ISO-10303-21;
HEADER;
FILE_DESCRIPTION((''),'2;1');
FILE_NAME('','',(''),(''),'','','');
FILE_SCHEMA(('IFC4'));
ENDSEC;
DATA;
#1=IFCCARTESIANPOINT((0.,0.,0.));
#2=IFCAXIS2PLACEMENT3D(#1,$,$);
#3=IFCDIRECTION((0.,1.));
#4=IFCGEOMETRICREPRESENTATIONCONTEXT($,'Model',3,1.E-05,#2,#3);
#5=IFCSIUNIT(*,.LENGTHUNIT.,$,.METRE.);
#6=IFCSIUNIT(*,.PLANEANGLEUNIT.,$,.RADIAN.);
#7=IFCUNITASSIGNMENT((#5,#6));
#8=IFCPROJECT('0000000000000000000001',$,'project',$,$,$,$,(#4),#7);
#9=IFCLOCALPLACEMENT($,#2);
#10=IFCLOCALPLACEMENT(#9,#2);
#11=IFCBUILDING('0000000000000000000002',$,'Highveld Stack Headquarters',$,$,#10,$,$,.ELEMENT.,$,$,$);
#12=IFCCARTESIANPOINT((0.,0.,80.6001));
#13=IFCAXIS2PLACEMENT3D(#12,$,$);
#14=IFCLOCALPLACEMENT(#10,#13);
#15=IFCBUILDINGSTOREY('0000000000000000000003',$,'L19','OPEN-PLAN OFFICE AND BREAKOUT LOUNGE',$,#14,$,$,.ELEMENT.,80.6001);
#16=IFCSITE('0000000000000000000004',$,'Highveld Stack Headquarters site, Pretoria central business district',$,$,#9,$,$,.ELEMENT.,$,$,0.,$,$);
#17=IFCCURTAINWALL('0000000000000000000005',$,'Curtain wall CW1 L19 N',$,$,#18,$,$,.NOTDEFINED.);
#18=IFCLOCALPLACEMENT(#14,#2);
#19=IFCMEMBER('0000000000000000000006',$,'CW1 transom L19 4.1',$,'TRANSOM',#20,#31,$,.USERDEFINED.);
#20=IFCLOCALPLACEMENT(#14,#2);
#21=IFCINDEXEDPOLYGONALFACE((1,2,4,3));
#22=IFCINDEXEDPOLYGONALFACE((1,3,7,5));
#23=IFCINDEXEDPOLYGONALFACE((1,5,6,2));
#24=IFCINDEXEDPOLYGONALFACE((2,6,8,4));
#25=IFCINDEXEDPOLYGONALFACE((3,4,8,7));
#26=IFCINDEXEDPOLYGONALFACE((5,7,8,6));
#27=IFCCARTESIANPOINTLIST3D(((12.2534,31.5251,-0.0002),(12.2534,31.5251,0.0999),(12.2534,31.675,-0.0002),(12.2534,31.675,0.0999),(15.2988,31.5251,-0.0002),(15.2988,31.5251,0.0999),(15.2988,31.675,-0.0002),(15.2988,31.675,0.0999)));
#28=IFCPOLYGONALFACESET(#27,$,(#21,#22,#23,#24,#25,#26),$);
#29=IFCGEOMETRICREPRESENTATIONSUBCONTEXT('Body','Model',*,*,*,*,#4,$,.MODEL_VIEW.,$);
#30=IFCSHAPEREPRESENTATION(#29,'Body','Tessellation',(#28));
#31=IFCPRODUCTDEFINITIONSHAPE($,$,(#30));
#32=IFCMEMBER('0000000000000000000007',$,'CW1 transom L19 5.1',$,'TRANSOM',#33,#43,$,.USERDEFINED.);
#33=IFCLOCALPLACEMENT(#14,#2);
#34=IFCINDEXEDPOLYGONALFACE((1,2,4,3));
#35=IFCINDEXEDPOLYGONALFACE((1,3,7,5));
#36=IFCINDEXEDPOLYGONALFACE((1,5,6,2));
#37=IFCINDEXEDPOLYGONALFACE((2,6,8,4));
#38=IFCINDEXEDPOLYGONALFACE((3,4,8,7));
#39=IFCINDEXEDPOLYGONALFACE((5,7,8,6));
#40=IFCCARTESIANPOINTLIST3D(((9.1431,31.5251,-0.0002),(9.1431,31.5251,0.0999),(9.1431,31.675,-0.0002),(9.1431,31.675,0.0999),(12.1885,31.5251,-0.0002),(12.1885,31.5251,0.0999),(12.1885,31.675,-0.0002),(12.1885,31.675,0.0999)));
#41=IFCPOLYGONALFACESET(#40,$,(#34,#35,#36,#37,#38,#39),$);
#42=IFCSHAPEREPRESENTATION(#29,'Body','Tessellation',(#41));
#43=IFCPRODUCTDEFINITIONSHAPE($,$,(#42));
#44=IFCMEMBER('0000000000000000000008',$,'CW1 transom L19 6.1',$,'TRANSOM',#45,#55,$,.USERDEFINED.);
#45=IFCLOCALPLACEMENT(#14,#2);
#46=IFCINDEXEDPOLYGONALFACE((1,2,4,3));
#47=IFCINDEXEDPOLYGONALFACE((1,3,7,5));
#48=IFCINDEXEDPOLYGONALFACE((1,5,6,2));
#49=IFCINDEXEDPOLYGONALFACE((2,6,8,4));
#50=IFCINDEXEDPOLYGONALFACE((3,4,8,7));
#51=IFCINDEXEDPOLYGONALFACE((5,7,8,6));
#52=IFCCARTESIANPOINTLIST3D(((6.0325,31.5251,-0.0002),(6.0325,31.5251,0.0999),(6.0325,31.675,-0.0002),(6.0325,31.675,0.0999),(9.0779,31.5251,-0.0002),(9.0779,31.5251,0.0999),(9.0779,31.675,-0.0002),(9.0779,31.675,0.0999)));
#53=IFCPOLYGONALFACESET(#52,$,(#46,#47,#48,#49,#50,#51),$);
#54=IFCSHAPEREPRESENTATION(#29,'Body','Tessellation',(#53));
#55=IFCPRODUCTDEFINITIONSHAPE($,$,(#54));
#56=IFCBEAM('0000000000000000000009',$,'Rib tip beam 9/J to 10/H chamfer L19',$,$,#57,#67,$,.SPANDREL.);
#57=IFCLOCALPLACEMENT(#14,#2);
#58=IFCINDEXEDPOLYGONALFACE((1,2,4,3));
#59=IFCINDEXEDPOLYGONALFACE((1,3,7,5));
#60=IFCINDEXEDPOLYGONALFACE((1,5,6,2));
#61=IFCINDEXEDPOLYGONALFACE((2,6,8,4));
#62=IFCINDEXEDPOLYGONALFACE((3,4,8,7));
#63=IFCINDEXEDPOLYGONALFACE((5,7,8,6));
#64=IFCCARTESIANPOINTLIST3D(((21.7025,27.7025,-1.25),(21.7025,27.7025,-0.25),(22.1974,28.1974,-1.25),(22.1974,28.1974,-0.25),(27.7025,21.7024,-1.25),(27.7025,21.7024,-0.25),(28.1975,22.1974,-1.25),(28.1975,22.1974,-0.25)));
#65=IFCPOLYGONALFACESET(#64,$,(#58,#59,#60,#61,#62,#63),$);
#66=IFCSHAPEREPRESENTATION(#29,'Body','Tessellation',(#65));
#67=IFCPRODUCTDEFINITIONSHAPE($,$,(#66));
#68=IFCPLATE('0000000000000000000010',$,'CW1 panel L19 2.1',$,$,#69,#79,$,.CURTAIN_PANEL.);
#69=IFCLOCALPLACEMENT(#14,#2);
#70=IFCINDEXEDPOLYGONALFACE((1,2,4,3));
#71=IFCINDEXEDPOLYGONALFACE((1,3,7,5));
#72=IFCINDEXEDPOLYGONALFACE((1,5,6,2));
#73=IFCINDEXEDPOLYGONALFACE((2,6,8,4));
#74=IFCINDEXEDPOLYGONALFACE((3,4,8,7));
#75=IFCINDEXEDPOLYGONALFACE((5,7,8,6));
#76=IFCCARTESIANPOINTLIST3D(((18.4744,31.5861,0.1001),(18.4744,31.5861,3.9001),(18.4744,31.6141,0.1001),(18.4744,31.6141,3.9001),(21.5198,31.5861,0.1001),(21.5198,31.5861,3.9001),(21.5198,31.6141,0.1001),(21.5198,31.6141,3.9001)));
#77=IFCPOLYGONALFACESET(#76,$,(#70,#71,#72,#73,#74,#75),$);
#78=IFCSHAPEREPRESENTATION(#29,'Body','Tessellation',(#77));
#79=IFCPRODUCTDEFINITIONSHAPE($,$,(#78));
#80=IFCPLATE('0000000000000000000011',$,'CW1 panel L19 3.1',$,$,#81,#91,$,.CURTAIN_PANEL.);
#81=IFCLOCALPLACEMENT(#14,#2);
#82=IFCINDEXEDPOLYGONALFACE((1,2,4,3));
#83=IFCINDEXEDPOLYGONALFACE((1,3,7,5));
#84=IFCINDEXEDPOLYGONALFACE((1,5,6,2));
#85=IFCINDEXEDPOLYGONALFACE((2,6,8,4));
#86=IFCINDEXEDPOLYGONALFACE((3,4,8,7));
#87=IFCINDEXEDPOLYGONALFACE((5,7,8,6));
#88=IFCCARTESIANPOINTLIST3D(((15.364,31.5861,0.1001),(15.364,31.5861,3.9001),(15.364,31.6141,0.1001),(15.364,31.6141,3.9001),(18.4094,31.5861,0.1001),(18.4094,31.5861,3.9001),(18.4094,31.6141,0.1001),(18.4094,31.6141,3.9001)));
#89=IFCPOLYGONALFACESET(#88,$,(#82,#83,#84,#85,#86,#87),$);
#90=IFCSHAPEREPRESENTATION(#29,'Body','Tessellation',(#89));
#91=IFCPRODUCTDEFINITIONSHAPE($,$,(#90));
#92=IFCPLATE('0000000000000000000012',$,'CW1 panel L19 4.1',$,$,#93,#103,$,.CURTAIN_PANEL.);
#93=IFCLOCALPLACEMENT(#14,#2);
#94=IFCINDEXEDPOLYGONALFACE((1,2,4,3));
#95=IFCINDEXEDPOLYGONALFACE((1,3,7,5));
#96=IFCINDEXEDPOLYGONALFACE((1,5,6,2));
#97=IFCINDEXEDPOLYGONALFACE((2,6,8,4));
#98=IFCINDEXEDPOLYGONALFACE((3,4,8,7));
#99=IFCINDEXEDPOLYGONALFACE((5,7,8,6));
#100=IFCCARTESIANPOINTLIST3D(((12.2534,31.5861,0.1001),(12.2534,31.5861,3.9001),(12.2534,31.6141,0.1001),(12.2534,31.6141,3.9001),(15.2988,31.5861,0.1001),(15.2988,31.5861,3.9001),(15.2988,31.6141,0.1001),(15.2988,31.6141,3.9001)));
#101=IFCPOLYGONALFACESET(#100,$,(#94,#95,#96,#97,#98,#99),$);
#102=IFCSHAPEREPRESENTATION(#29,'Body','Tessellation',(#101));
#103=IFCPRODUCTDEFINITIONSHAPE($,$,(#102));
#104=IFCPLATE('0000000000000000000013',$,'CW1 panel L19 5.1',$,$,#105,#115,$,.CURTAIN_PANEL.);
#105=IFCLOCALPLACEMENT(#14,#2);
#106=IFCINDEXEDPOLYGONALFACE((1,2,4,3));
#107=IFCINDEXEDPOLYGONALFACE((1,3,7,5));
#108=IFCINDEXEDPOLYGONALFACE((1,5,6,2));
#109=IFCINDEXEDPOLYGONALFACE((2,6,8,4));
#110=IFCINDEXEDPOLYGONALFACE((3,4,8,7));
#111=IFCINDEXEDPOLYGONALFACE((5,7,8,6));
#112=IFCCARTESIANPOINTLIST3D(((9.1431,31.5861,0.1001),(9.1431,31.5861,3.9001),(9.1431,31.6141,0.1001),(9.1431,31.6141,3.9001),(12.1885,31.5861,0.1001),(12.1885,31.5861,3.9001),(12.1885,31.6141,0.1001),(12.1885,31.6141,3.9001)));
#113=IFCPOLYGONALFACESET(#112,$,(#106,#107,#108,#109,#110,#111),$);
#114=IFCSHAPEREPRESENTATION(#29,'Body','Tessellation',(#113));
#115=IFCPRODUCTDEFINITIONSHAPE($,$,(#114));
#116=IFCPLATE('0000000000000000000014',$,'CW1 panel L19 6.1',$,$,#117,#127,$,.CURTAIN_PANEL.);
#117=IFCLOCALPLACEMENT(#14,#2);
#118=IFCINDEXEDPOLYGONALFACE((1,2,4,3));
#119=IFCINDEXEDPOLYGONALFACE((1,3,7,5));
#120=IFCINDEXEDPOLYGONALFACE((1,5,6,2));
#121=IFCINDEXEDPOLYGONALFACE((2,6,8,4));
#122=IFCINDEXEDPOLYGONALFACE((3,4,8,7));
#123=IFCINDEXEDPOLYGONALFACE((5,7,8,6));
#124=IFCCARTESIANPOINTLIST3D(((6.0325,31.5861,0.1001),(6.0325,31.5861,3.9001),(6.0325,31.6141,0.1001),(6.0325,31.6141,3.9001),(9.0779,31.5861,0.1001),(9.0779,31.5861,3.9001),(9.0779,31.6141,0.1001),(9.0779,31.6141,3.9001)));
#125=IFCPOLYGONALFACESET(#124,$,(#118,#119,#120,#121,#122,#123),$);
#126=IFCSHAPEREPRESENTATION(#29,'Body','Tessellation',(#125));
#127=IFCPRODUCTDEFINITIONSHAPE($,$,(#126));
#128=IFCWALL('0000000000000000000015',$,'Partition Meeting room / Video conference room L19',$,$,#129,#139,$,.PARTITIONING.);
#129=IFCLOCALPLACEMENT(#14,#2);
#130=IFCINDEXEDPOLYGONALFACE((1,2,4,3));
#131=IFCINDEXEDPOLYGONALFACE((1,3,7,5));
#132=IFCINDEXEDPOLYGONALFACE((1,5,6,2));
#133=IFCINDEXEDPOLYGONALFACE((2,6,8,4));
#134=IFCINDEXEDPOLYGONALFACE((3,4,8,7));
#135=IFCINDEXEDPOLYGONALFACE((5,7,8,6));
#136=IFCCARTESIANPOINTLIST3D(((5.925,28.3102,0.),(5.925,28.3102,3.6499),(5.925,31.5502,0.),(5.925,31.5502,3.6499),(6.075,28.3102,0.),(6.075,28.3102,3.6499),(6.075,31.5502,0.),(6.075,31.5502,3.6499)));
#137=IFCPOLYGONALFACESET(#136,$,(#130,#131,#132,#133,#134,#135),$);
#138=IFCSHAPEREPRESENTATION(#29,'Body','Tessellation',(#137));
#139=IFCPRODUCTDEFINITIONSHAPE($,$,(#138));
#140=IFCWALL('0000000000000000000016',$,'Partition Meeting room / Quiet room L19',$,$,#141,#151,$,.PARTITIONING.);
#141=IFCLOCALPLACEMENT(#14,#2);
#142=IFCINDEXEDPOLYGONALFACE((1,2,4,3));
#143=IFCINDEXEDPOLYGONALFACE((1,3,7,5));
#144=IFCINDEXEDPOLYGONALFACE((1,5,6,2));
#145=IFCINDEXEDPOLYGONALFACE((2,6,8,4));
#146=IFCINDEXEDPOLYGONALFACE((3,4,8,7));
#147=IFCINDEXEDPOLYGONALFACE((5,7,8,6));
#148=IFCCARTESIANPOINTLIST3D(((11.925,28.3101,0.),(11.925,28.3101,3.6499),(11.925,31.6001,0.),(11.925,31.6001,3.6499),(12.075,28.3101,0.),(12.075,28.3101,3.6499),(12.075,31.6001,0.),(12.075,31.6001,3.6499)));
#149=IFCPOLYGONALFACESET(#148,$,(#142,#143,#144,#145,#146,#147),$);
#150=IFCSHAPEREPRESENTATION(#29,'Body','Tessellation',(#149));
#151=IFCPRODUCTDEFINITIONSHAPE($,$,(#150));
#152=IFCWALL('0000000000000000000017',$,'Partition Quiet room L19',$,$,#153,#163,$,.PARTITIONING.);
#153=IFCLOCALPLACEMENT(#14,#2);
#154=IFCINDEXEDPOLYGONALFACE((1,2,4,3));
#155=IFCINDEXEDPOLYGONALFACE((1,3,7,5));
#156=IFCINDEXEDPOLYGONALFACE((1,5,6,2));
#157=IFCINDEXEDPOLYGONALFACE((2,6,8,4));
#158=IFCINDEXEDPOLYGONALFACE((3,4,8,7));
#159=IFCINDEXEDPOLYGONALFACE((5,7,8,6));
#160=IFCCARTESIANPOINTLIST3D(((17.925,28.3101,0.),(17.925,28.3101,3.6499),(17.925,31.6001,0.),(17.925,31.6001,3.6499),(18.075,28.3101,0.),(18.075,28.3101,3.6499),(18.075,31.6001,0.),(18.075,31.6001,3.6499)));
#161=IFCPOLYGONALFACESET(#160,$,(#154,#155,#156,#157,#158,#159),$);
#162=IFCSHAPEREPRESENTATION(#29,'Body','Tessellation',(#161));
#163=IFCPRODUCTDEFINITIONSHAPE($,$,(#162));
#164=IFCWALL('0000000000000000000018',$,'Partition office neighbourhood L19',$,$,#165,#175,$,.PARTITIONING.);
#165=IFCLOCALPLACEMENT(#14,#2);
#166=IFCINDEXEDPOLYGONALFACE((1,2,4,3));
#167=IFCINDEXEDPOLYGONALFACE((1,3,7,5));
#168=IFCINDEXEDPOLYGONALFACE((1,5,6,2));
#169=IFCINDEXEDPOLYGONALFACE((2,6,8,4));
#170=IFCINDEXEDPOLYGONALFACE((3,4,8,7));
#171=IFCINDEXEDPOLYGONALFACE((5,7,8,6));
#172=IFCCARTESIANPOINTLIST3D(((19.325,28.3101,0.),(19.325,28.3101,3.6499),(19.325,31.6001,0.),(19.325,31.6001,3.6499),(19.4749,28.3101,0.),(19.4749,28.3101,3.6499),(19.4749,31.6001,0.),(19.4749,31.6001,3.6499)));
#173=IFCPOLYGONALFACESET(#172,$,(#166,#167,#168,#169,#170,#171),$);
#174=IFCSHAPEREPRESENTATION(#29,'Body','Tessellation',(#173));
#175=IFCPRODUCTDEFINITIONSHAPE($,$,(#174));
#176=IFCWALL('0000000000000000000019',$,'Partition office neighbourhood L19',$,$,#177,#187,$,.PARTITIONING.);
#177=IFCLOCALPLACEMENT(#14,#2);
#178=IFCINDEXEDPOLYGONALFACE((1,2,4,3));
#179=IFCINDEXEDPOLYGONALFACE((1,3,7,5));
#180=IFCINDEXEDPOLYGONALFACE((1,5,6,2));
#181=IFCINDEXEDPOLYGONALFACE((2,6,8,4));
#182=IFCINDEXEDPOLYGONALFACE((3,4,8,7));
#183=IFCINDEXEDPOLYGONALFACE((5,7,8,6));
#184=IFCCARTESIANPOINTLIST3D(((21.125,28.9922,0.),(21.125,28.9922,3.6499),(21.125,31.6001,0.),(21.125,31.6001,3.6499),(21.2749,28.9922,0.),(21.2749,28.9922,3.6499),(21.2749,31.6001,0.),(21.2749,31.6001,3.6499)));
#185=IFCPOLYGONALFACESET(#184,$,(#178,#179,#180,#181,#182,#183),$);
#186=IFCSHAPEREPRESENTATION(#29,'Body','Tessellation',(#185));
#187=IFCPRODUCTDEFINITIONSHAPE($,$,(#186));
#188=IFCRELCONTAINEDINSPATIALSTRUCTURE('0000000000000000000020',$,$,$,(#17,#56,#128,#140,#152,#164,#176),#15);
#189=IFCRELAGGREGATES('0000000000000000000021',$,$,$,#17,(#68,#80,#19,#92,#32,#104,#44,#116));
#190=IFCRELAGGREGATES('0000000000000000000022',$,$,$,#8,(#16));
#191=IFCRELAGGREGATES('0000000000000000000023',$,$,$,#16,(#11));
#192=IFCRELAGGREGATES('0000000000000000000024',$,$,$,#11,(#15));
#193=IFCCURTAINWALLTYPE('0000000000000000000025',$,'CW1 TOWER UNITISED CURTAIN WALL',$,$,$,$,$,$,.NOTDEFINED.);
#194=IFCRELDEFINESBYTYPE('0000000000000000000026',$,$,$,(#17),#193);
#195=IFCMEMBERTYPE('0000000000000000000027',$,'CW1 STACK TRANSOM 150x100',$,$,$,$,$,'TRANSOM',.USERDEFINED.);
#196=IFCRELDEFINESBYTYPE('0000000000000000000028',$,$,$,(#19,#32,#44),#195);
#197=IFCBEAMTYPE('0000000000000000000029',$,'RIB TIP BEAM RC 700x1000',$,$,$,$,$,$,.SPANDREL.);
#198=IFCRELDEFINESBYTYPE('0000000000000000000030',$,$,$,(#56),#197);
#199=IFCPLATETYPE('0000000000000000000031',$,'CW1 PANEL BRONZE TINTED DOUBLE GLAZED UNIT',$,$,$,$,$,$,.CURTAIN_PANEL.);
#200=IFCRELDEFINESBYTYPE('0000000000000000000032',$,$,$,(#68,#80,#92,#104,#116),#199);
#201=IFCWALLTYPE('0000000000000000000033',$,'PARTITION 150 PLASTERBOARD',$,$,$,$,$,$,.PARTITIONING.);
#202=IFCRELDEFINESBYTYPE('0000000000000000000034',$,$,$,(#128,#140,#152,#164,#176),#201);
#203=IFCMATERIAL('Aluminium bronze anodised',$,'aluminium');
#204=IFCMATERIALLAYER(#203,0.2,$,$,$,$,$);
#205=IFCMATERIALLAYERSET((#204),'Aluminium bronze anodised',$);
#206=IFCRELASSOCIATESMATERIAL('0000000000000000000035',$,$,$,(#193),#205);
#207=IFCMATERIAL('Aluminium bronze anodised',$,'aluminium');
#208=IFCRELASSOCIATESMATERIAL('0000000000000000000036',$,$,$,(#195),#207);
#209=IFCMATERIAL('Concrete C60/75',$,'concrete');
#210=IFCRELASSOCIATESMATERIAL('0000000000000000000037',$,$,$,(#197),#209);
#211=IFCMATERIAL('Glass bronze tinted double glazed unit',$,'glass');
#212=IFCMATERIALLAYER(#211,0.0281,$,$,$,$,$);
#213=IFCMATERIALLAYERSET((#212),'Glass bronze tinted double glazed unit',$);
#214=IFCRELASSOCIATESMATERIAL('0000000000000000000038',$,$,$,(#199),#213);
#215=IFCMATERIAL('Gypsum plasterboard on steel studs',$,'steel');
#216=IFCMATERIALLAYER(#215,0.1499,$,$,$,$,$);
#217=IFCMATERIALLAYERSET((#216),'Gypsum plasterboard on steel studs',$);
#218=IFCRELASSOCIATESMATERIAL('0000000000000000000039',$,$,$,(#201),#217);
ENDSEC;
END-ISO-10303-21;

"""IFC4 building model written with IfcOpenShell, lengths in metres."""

from ifc_helpers import new_model, si_unit, direction, frame, frame_2d, origin, origin_2d, place, context, subcontext, project, spatial, rectangle, extrude, material, layer, layer_set, material_profile, profile_set, type_object, element, aggregate, save


model = new_model("IFC4")

# Units and contexts
model_context = context("Model", 3, precision=1e-05, world=origin(), true_north=direction((0.0, 1.0)))
body_context = subcontext(model_context, "Body", "Model", "MODEL_VIEW")
ifc_project = project(units=[si_unit("LENGTHUNIT", "METRE"), si_unit("PLANEANGLEUNIT", "RADIAN")], contexts=[model_context])

# Site, building, storey
site_placement = place(None, origin())
site = spatial("IfcSite", under=ifc_project, at=site_placement, Name="Highveld Stack Headquarters site, Pretoria central business district", CompositionType="ELEMENT", RefElevation=0.0)
building_placement = place(site_placement, origin())
building = spatial("IfcBuilding", under=site, at=building_placement, Name="Highveld Stack Headquarters", CompositionType="ELEMENT")
storey_placement = place(building_placement, frame((0.0, 0.0, 80.6001)))
storey = spatial("IfcBuildingStorey", under=building, at=storey_placement, Name="L19", Description="OPEN-PLAN OFFICE AND BREAKOUT LOUNGE", CompositionType="ELEMENT", Elevation=80.6001)

# Curtain wall, members
ifc_material_1 = material(Name="Aluminium bronze anodised", Category="aluminium")
ifc_layer_1 = layer(ifc_material_1, 0.2)
ifc_layer_set_1 = layer_set([ifc_layer_1], Name="Aluminium bronze anodised")
curtain_wall_type = type_object("IfcCurtainWallType", Name="CW1 TOWER UNITISED CURTAIN WALL", PredefinedType="NOTDEFINED", material=ifc_layer_set_1)
curtain_wall_placement = place(storey_placement, origin())
curtain_wall = element("IfcCurtainWall", 1, at=curtain_wall_placement, inside=storey, type_object=curtain_wall_type, Name="Curtain wall CW1 L19 N", PredefinedType="NOTDEFINED")
ifc_material_2 = material(Name="Aluminium bronze anodised", Category="aluminium")
ifc_material_profile_1 = material_profile(ifc_material_2, rectangle(XDim=0.1499, YDim=0.1001, at=origin_2d()), Name="CW1 TRANSOM 150x100")
ifc_profile_set_1 = profile_set([ifc_material_profile_1], Name="Aluminium bronze anodised")
member_type_1 = type_object("IfcMemberType", Name="CW1 STACK TRANSOM 150x100", ElementType="TRANSOM", PredefinedType="USERDEFINED", material=ifc_profile_set_1)
member_1_placement = place(storey_placement, frame((15.2988, 31.6001, 0.0498), z_axis=(-1.0, 0.0, 0.0), x_axis=(0.0, -1.0, 0.0)))
member_1 = element("IfcMember", 2, at=member_1_placement, type_object=member_type_1, Name="CW1 transom L19 4.1", ObjectType="TRANSOM", PredefinedType="USERDEFINED", context=body_context, shape_type="SweptSolid", body=[
    extrude(rectangle(XDim=0.1499, YDim=0.1001, at=origin_2d()), origin(), (0.0, 0.0, 1.0), 3.0454),
])
member_2_placement = place(storey_placement, frame((12.1885, 31.6001, 0.0498), z_axis=(-1.0, 0.0, 0.0), x_axis=(0.0, -1.0, 0.0)))
member_2 = element("IfcMember", 3, at=member_2_placement, type_object=member_type_1, Name="CW1 transom L19 5.1", ObjectType="TRANSOM", PredefinedType="USERDEFINED", context=body_context, shape_type="SweptSolid", body=[
    extrude(rectangle(XDim=0.1499, YDim=0.1001, at=origin_2d()), origin(), (0.0, 0.0, 1.0), 3.0454),
])
member_3_placement = place(storey_placement, frame((9.0779, 31.6001, 0.0498), z_axis=(-1.0, 0.0, 0.0), x_axis=(0.0, -1.0, 0.0)))
member_3 = element("IfcMember", 4, at=member_3_placement, type_object=member_type_1, Name="CW1 transom L19 6.1", ObjectType="TRANSOM", PredefinedType="USERDEFINED", context=body_context, shape_type="SweptSolid", body=[
    extrude(rectangle(XDim=0.1499, YDim=0.1001, at=origin_2d()), origin(), (0.0, 0.0, 1.0), 3.0454),
])

# Beam
ifc_material_3 = material(Name="Concrete C60/75", Category="concrete")
ifc_material_profile_2 = material_profile(ifc_material_3, rectangle(XDim=0.7, YDim=1.0, at=origin_2d()), Name="RC 700x1000")
ifc_profile_set_2 = profile_set([ifc_material_profile_2], Name="Concrete C60/75")
beam_type = type_object("IfcBeamType", Name="RIB TIP BEAM RC 700x1000", PredefinedType="SPANDREL", material=ifc_profile_set_2)
beam_placement = place(storey_placement, frame((21.95, 27.95, -0.75), z_axis=(0.707107, -0.707107, 0.0), x_axis=(0.707107, 0.707107, 0.0)))
element("IfcBeam", 5, at=beam_placement, inside=storey, type_object=beam_type, Name="Rib tip beam 9/J to 10/H chamfer L19", PredefinedType="SPANDREL", context=body_context, shape_type="SweptSolid", body=[
    extrude(rectangle(XDim=0.7, YDim=1.0, at=origin_2d()), origin(), (0.0, 0.0, 1.0), 8.4854),
])

# Plates
ifc_material_4 = material(Name="Glass bronze tinted double glazed unit", Category="glass")
ifc_layer_2 = layer(ifc_material_4, 0.0281)
ifc_layer_set_2 = layer_set([ifc_layer_2], Name="Glass bronze tinted double glazed unit")
plate_type = type_object("IfcPlateType", Name="CW1 PANEL BRONZE TINTED DOUBLE GLAZED UNIT", PredefinedType="CURTAIN_PANEL", material=ifc_layer_set_2)
plate_1_placement = place(storey_placement, frame((19.9971, 31.6001, 0.1001), z_axis=(0.0, 0.0, 1.0), x_axis=(-1.0, 0.0, 0.0)))
plate_1 = element("IfcPlate", 6, at=plate_1_placement, type_object=plate_type, Name="CW1 panel L19 2.1", PredefinedType="CURTAIN_PANEL", context=body_context, shape_type="SweptSolid", body=[
    extrude(rectangle(XDim=3.0454, YDim=0.0281, at=origin_2d()), origin(), (0.0, 0.0, 1.0), 3.8),
])
plate_2_placement = place(storey_placement, frame((16.8867, 31.6001, 0.1001), z_axis=(0.0, 0.0, 1.0), x_axis=(-1.0, 0.0, 0.0)))
plate_2 = element("IfcPlate", 7, at=plate_2_placement, type_object=plate_type, Name="CW1 panel L19 3.1", PredefinedType="CURTAIN_PANEL", context=body_context, shape_type="SweptSolid", body=[
    extrude(rectangle(XDim=3.0454, YDim=0.0281, at=origin_2d()), origin(), (0.0, 0.0, 1.0), 3.8),
])
plate_3_placement = place(storey_placement, frame((13.7761, 31.6001, 0.1001), z_axis=(0.0, 0.0, 1.0), x_axis=(-1.0, 0.0, 0.0)))
plate_3 = element("IfcPlate", 8, at=plate_3_placement, type_object=plate_type, Name="CW1 panel L19 4.1", PredefinedType="CURTAIN_PANEL", context=body_context, shape_type="SweptSolid", body=[
    extrude(rectangle(XDim=3.0454, YDim=0.0281, at=origin_2d()), origin(), (0.0, 0.0, 1.0), 3.8),
])
plate_4_placement = place(storey_placement, frame((10.6658, 31.6001, 0.1001), z_axis=(0.0, 0.0, 1.0), x_axis=(-1.0, 0.0, 0.0)))
plate_4 = element("IfcPlate", 9, at=plate_4_placement, type_object=plate_type, Name="CW1 panel L19 5.1", PredefinedType="CURTAIN_PANEL", context=body_context, shape_type="SweptSolid", body=[
    extrude(rectangle(XDim=3.0454, YDim=0.0281, at=origin_2d()), origin(), (0.0, 0.0, 1.0), 3.8),
])
plate_5_placement = place(storey_placement, frame((7.5552, 31.6001, 0.1001), z_axis=(0.0, 0.0, 1.0), x_axis=(-1.0, 0.0, 0.0)))
plate_5 = element("IfcPlate", 10, at=plate_5_placement, type_object=plate_type, Name="CW1 panel L19 6.1", PredefinedType="CURTAIN_PANEL", context=body_context, shape_type="SweptSolid", body=[
    extrude(rectangle(XDim=3.0454, YDim=0.0281, at=origin_2d()), origin(), (0.0, 0.0, 1.0), 3.8),
])
aggregate(curtain_wall, [plate_1, plate_2, member_1, plate_3, member_2, plate_4, member_3, plate_5])

# Walls
ifc_material_5 = material(Name="Gypsum plasterboard on steel studs", Category="steel")
ifc_layer_3 = layer(ifc_material_5, 0.1499)
ifc_layer_set_3 = layer_set([ifc_layer_3], Name="Gypsum plasterboard on steel studs")
wall_type = type_object("IfcWallType", Name="PARTITION 150 PLASTERBOARD", PredefinedType="PARTITIONING", material=ifc_layer_set_3)
wall_1_placement = place(storey_placement, frame((6.0, 28.3101, 0.0), z_axis=(0.0, 0.0, 1.0), x_axis=(0.0, 1.0, 0.0)))
element("IfcWall", 11, at=wall_1_placement, inside=storey, type_object=wall_type, Name="Partition Meeting room / Video conference room L19", PredefinedType="PARTITIONING", context=body_context, shape_type="SweptSolid", body=[
    extrude(rectangle(XDim=3.24, YDim=0.1499, at=frame_2d((1.6201, 0.0))), origin(), (0.0, 0.0, 1.0), 3.6499),
])
for number, where, z_axis, x_axis, name in (
    (12, (12.0, 28.3101, 0.0), (0.0, 0.0, 1.0), (0.0, 1.0, 0.0), "Partition Meeting room / Quiet room L19"),
    (13, (18.0, 28.3101, 0.0), (0.0, 0.0, 1.0), (0.0, 1.0, 0.0), "Partition Quiet room L19"),
    (14, (19.3999, 28.3101, 0.0), (0.0, 0.0, 1.0), (0.0, 1.0, 0.0), "Partition office neighbourhood L19"),
):
    element("IfcWall", number, at=place(storey_placement, frame(where, z_axis=z_axis, x_axis=x_axis)), inside=storey, type_object=wall_type, Name=name, PredefinedType="PARTITIONING", context=body_context, shape_type="SweptSolid", body=[
        extrude(rectangle(XDim=3.29, YDim=0.1499, at=frame_2d((1.645, 0.0))), origin(), (0.0, 0.0, 1.0), 3.6499),
    ])
wall_2_placement = place(storey_placement, frame((21.2, 28.9922, 0.0), z_axis=(0.0, 0.0, 1.0), x_axis=(0.0, 1.0, 0.0)))
element("IfcWall", 15, at=wall_2_placement, inside=storey, type_object=wall_type, Name="Partition office neighbourhood L19", PredefinedType="PARTITIONING", context=body_context, shape_type="SweptSolid", body=[
    extrude(rectangle(XDim=2.6079, YDim=0.1499, at=frame_2d((1.304, 0.0))), origin(), (0.0, 0.0, 1.0), 3.6499),
])

save(model, "model.ifc")
